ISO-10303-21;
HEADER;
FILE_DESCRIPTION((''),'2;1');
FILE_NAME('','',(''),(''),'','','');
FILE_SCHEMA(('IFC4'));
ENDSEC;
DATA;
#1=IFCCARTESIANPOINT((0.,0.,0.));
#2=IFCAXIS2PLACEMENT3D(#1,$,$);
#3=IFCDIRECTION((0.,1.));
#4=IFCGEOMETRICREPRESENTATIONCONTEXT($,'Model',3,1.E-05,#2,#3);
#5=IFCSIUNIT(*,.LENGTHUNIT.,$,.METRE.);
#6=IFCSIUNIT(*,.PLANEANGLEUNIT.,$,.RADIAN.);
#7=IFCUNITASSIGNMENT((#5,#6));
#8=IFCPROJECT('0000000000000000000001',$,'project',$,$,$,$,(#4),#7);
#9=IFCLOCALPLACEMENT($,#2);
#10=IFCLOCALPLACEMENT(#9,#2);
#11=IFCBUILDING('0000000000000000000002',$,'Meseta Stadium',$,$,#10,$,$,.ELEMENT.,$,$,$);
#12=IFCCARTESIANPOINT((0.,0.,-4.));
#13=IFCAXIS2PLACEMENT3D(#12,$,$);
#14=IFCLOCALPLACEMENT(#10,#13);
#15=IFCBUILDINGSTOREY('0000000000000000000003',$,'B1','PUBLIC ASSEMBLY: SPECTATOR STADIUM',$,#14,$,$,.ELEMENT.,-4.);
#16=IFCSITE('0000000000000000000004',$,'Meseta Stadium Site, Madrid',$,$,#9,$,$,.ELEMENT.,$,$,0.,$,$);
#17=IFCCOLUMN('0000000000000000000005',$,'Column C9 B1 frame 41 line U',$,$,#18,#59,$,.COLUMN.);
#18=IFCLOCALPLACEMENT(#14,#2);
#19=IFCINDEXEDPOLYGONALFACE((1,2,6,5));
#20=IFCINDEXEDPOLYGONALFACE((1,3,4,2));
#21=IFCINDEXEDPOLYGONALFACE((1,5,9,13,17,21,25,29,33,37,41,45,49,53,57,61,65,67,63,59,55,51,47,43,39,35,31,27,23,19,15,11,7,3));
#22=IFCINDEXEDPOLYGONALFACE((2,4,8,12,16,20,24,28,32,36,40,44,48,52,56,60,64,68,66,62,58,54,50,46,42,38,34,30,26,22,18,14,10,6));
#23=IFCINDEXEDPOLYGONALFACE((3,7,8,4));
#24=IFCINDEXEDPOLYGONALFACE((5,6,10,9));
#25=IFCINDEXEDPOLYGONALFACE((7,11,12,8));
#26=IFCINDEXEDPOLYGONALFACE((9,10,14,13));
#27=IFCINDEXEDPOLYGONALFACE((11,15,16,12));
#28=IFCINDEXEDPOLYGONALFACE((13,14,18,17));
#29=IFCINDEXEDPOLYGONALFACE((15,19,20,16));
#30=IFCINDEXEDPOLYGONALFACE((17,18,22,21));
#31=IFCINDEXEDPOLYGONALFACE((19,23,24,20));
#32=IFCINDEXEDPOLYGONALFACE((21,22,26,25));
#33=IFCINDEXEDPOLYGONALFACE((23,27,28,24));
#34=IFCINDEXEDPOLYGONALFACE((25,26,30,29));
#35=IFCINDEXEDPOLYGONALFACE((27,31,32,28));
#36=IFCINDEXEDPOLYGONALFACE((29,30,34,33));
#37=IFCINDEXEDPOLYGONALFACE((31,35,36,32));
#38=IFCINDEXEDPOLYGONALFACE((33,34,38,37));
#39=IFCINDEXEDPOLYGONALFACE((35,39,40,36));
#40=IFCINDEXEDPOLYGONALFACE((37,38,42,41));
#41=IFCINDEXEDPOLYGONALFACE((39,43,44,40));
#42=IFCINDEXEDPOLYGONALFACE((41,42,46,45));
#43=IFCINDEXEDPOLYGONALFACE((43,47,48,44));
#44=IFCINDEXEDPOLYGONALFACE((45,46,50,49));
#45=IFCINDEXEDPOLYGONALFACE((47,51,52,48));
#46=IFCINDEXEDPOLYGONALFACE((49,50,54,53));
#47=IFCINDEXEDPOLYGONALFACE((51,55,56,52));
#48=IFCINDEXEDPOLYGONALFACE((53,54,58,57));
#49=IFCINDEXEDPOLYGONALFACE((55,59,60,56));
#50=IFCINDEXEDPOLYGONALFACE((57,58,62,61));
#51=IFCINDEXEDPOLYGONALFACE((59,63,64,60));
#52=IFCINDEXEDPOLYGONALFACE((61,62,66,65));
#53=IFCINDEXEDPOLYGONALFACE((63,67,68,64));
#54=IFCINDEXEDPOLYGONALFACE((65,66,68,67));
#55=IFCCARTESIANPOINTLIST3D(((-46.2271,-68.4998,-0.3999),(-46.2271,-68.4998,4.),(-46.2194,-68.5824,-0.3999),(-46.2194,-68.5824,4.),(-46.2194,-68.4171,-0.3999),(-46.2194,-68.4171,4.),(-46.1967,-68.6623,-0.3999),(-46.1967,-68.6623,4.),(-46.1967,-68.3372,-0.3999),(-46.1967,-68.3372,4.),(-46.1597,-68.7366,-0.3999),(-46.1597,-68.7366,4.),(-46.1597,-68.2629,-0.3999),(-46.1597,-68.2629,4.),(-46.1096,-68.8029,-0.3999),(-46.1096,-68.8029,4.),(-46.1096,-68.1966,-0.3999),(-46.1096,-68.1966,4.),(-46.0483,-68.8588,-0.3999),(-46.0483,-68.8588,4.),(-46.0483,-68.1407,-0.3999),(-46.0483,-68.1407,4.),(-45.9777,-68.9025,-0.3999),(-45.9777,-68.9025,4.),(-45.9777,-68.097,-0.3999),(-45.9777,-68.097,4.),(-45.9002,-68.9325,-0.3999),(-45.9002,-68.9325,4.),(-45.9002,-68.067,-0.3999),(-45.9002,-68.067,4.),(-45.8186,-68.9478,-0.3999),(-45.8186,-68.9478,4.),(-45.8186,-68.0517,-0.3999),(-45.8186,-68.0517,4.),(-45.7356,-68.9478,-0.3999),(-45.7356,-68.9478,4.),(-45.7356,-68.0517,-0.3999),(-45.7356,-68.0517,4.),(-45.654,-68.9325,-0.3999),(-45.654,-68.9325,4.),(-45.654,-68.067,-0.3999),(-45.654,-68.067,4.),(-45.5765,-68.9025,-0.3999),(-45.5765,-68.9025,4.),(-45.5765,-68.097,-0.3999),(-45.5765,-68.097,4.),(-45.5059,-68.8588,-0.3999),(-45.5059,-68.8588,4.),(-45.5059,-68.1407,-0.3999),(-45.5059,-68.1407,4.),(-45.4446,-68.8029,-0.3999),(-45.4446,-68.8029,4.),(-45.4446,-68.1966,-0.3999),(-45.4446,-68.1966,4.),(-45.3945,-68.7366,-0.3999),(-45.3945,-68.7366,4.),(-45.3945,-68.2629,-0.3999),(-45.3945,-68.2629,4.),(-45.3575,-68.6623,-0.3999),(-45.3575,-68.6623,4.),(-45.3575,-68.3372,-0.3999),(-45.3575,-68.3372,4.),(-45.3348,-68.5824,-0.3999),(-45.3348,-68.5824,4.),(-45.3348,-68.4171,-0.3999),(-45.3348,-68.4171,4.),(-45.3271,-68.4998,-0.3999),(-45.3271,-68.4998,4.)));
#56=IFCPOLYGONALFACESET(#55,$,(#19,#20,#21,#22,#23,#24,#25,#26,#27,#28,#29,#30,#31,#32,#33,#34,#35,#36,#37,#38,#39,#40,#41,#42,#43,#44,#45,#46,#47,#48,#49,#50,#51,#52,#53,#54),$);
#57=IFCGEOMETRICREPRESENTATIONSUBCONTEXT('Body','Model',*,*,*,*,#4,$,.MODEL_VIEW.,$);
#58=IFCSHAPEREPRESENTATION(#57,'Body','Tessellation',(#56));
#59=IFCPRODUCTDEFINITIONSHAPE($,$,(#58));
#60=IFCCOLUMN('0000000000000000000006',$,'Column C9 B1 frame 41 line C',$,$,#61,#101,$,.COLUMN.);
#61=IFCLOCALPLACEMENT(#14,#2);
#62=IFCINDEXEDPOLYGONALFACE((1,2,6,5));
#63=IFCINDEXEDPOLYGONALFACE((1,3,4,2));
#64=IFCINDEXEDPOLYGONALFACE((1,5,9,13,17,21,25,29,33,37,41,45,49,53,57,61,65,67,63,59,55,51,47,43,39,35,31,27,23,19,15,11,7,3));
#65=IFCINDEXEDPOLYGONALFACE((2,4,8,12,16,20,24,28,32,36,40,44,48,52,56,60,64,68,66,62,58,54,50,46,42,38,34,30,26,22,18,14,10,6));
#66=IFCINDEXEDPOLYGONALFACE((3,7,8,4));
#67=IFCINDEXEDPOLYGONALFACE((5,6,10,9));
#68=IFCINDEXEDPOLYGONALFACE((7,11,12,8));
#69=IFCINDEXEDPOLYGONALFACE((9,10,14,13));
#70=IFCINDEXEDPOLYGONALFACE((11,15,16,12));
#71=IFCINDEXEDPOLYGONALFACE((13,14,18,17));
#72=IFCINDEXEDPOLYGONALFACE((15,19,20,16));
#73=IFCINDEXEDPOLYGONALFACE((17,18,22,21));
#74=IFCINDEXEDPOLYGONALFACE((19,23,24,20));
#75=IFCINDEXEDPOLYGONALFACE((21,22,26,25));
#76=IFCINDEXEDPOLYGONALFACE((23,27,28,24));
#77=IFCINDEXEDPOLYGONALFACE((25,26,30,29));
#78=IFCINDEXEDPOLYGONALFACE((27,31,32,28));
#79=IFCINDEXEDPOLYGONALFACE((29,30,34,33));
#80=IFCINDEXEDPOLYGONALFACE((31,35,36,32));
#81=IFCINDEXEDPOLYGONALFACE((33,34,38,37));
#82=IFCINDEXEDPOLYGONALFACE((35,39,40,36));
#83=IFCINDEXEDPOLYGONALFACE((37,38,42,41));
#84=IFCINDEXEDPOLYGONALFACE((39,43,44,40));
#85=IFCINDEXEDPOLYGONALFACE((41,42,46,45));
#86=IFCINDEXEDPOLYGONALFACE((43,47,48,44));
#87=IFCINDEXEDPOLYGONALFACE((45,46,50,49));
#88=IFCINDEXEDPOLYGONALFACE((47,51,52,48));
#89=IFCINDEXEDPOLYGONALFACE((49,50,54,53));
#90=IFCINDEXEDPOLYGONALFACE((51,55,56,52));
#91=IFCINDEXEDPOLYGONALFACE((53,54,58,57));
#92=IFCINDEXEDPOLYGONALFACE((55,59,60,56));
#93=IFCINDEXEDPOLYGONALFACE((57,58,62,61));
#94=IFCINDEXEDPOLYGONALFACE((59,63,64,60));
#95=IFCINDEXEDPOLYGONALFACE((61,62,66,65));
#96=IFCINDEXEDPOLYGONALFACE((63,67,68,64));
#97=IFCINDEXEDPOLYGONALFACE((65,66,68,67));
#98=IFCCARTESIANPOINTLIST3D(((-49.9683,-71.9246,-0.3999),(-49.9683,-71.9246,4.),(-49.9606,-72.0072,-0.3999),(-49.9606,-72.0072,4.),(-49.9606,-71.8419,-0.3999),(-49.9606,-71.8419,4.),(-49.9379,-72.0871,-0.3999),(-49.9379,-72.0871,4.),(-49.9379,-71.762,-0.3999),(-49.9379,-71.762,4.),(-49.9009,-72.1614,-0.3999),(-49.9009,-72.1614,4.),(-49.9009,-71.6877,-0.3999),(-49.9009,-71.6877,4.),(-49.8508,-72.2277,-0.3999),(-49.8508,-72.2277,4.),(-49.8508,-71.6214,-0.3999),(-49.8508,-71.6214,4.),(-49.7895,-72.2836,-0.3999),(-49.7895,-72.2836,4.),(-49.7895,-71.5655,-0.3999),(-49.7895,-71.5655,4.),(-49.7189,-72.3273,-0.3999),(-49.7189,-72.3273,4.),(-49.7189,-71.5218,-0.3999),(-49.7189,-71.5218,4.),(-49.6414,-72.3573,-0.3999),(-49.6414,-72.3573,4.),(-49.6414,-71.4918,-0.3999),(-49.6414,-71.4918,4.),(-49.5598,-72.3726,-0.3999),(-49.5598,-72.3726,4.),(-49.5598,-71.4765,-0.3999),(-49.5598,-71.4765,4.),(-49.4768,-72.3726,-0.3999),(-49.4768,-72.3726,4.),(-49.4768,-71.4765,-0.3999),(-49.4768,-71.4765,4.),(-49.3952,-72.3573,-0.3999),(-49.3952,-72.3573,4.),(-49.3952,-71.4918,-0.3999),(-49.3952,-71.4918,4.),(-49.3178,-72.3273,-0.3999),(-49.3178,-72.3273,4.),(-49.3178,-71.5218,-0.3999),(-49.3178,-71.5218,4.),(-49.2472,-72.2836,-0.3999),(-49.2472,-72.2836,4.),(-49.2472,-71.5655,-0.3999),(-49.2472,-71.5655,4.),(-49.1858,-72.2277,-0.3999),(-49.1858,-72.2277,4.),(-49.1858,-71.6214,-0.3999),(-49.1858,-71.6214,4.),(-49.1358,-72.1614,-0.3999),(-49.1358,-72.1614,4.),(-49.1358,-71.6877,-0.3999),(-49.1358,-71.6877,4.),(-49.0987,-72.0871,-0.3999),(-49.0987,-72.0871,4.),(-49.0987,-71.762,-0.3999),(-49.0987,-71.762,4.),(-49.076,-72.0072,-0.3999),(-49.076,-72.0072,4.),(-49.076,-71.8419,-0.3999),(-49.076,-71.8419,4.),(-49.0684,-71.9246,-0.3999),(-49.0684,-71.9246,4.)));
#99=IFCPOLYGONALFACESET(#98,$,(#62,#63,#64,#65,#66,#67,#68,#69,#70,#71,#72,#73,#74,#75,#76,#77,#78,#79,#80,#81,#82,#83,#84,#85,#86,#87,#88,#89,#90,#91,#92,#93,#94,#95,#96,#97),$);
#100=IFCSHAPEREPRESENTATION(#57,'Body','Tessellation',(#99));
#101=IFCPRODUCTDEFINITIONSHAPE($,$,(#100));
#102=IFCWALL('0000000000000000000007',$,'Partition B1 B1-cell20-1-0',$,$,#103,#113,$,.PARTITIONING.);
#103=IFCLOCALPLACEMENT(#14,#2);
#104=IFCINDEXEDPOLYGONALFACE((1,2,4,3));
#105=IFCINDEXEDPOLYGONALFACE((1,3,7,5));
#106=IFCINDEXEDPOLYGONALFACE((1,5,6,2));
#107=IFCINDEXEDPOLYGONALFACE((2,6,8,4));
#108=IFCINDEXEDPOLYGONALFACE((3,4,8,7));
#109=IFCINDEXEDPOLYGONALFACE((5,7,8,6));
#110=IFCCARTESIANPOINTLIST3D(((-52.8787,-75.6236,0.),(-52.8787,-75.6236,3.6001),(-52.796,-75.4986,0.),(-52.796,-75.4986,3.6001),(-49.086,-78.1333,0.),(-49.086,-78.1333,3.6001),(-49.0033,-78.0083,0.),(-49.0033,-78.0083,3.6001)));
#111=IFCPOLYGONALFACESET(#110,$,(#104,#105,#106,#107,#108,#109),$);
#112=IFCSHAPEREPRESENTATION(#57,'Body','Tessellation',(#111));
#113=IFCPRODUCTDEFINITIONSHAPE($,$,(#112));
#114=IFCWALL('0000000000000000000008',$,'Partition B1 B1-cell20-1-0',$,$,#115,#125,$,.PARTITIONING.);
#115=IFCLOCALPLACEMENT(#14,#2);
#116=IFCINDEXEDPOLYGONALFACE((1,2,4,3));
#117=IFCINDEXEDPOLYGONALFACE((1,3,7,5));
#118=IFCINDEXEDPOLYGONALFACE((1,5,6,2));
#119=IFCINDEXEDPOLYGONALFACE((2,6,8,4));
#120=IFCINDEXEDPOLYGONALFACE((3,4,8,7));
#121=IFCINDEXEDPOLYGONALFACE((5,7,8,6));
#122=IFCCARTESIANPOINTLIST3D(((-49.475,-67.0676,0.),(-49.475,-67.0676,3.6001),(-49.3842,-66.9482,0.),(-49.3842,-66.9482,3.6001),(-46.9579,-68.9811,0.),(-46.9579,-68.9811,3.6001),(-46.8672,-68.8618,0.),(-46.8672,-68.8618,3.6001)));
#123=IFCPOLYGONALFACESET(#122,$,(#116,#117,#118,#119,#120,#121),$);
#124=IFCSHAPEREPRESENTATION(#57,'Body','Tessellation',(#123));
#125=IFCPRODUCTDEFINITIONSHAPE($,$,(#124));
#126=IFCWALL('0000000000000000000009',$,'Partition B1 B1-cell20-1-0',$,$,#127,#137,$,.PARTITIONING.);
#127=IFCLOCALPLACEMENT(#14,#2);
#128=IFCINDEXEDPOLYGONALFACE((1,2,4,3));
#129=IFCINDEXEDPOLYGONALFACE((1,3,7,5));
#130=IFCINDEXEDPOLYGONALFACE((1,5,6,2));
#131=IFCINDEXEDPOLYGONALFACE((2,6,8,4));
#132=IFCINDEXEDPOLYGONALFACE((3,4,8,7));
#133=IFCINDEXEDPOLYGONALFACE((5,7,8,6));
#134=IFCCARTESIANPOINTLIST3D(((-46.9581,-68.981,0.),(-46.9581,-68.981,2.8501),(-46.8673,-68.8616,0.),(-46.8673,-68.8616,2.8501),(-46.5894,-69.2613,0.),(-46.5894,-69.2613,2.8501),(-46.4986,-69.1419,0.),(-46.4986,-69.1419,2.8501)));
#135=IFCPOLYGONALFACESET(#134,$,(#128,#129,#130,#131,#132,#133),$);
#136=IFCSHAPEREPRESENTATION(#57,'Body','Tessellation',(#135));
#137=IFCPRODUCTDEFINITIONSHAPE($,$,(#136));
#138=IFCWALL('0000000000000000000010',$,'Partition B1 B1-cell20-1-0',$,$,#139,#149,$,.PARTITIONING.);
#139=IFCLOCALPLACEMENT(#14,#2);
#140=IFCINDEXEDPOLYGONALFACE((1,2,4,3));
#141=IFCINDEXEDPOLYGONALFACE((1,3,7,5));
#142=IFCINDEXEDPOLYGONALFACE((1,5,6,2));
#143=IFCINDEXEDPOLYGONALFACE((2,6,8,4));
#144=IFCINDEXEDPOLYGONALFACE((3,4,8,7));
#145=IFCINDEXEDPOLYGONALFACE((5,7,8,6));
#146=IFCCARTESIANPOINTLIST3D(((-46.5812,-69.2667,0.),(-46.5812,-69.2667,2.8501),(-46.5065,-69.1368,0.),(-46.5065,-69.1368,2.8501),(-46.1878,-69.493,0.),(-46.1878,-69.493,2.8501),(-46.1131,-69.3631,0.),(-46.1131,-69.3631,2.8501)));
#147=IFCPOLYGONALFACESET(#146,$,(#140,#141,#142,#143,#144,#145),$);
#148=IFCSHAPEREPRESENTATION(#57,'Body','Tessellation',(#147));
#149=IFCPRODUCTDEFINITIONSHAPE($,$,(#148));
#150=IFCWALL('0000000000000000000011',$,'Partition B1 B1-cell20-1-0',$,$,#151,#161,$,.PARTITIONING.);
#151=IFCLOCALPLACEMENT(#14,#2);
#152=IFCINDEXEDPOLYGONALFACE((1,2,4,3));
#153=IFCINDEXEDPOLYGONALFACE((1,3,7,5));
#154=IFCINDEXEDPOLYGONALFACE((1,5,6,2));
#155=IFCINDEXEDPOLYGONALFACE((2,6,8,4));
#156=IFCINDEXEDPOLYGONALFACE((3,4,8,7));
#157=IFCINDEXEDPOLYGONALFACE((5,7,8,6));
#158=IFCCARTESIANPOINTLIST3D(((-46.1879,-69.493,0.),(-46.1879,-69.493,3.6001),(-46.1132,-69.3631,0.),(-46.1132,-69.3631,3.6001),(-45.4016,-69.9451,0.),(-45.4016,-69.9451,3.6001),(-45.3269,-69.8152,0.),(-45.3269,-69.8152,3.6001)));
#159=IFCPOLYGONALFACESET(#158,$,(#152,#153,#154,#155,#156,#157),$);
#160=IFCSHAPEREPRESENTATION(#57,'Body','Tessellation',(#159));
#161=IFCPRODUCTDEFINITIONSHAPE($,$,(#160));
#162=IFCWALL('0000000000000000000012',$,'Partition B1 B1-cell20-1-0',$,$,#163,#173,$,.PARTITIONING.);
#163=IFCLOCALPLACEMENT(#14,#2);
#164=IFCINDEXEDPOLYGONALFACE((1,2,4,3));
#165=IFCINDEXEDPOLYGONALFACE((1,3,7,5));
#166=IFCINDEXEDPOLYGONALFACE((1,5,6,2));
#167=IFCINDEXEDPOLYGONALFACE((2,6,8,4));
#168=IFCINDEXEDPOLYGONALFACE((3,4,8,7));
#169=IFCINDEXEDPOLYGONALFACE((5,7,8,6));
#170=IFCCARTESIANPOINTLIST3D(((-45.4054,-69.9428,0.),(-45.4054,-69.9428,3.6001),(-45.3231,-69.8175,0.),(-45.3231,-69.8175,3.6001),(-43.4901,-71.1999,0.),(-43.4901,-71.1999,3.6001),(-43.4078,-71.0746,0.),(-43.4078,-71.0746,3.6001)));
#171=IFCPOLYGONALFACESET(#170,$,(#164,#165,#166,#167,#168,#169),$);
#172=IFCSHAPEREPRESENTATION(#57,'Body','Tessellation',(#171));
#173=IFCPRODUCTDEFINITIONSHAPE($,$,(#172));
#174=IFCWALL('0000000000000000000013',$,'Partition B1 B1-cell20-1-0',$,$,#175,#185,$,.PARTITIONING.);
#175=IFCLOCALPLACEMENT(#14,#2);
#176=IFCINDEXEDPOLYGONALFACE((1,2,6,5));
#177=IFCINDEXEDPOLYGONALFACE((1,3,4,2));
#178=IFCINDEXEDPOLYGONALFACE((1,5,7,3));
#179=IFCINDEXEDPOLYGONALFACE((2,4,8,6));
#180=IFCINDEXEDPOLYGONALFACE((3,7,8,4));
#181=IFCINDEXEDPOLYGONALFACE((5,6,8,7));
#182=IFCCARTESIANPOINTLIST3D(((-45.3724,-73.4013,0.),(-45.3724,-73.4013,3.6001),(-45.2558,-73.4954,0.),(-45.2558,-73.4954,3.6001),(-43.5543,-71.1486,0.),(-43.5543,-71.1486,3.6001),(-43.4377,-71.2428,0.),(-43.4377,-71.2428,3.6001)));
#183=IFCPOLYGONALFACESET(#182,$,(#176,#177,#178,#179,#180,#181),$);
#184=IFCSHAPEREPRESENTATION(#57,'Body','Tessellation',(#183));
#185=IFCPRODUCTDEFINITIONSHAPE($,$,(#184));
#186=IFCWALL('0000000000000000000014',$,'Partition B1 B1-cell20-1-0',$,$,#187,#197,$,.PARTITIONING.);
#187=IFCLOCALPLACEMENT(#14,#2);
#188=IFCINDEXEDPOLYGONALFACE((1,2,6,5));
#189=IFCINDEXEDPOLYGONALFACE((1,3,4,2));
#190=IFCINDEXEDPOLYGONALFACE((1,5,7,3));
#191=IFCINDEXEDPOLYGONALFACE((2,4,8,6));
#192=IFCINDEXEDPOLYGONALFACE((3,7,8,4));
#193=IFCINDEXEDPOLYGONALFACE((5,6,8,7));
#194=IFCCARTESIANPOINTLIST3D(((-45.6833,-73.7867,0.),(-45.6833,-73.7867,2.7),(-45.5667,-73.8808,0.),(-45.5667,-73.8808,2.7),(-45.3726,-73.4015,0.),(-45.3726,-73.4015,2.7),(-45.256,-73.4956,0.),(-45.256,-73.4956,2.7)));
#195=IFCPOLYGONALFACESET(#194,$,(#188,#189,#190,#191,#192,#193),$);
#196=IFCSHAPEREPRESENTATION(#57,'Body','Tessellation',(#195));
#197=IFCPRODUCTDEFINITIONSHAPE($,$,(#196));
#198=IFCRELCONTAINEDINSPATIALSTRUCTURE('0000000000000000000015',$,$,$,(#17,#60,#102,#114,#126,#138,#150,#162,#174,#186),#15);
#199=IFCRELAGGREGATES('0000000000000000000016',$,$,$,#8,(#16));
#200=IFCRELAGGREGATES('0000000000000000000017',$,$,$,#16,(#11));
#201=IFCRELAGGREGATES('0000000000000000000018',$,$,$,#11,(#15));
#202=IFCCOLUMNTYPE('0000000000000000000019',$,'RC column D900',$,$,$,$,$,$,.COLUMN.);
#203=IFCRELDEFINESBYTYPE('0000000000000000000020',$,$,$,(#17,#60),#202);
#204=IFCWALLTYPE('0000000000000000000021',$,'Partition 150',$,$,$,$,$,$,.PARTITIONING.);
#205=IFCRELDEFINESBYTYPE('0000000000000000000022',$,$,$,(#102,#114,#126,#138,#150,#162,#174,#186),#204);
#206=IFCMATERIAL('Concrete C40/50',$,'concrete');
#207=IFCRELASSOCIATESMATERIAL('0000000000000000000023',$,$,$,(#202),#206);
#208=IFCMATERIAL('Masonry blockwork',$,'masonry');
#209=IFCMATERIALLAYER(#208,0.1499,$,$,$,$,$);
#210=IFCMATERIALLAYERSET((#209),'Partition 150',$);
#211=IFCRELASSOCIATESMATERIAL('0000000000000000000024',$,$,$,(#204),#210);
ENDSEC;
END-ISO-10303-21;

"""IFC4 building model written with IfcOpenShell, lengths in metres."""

from ifc_helpers import new_model, si_unit, direction, frame, frame_2d, origin, origin_2d, place, context, subcontext, project, spatial, rectangle, circle, extrude, material, layer, layer_set, material_profile, profile_set, type_object, element, save


model = new_model("IFC4")

# Units and contexts
model_context = context("Model", 3, precision=1e-05, world=origin(), true_north=direction((0.0, 1.0)))
body_context = subcontext(model_context, "Body", "Model", "MODEL_VIEW")
ifc_project = project(units=[si_unit("LENGTHUNIT", "METRE"), si_unit("PLANEANGLEUNIT", "RADIAN")], contexts=[model_context])

# Site, building, storey
site_placement = place(None, origin())
site = spatial("IfcSite", under=ifc_project, at=site_placement, Name="Meseta Stadium Site, Madrid", CompositionType="ELEMENT", RefElevation=0.0)
building_placement = place(site_placement, origin())
building = spatial("IfcBuilding", under=site, at=building_placement, Name="Meseta Stadium", CompositionType="ELEMENT")
storey_placement = place(building_placement, frame((0.0, 0.0, -4.0)))
storey = spatial("IfcBuildingStorey", under=building, at=storey_placement, Name="B1", Description="PUBLIC ASSEMBLY: SPECTATOR STADIUM", CompositionType="ELEMENT", Elevation=-4.0)

# Columns
ifc_material_1 = material(Name="Concrete C40/50", Category="concrete")
ifc_material_profile_1 = material_profile(ifc_material_1, circle(Radius=0.45, at=origin_2d()), Name="RC D900")
ifc_profile_set_1 = profile_set([ifc_material_profile_1], Name="Concrete C40/50")
column_type_1 = type_object("IfcColumnType", Name="RC column D900", PredefinedType="COLUMN", material=ifc_profile_set_1)
for number, where, z_axis, x_axis, name in (
    (1, (-45.7771, -68.4998, -0.3999), (0.0, 0.0, 1.0), (1.0, 0.0, 0.0), "Column C9 B1 frame 41 line U"),
    (2, (-49.5183, -71.9246, -0.3999), (0.0, 0.0, 1.0), (1.0, 0.0, 0.0), "Column C9 B1 frame 41 line C"),
):
    element("IfcColumn", number, at=place(storey_placement, frame(where, z_axis=z_axis, x_axis=x_axis)), inside=storey, type_object=column_type_1, Name=name, PredefinedType="COLUMN", context=body_context, shape_type="SweptSolid", body=[
        extrude(circle(Radius=0.45, at=origin_2d()), origin(), (0.0, 0.0, 1.0), 4.3999),
    ])

# Walls
ifc_material_2 = material(Name="Masonry blockwork", Category="masonry")
ifc_layer = layer(ifc_material_2, 0.1499)
ifc_layer_set = layer_set([ifc_layer], Name="Partition 150")
wall_type = type_object("IfcWallType", Name="Partition 150", PredefinedType="PARTITIONING", material=ifc_layer_set)
wall_1_placement = place(storey_placement, frame((-49.0447, -78.0708, 0.0), z_axis=(0.0, 0.0, 1.0), x_axis=(-0.833945, 0.551848, 0.0)))
element("IfcWall", 3, at=wall_1_placement, inside=storey, type_object=wall_type, Name="Partition B1 B1-cell20-1-0", PredefinedType="PARTITIONING", context=body_context, shape_type="SweptSolid", body=[
    extrude(rectangle(XDim=4.5479, YDim=0.1499, at=frame_2d((2.2739, 0.0))), origin(), (0.0, 0.0, 1.0), 3.6001),
])
wall_2_placement = place(storey_placement, frame((-49.4297, -67.0078, 0.0), z_axis=(0.0, 0.0, 1.0), x_axis=(0.796073, -0.605201, 0.0)))
element("IfcWall", 4, at=wall_2_placement, inside=storey, type_object=wall_type, Name="Partition B1 B1-cell20-1-0", PredefinedType="PARTITIONING", context=body_context, shape_type="SweptSolid", body=[
    extrude(rectangle(XDim=3.1619, YDim=0.1499, at=frame_2d((1.5811, 0.0))), origin(), (0.0, 0.0, 1.0), 3.6001),
])
wall_3_placement = place(storey_placement, frame((-46.9126, -68.9214, 0.0), z_axis=(0.0, 0.0, 1.0), x_axis=(0.796061, -0.605217, 0.0)))
element("IfcWall", 5, at=wall_3_placement, inside=storey, type_object=wall_type, Name="Partition B1 B1-cell20-1-0", PredefinedType="PARTITIONING", context=body_context, shape_type="SweptSolid", body=[
    extrude(rectangle(XDim=0.4631, YDim=0.1499, at=frame_2d((0.2314, 0.0))), origin(), (0.0, 0.0, 1.0), 2.8501),
])
wall_4_placement = place(storey_placement, frame((-46.5439, -69.2017, 0.0), z_axis=(0.0, 0.0, 1.0), x_axis=(0.866749, -0.498744, 0.0)))
element("IfcWall", 6, at=wall_4_placement, inside=storey, type_object=wall_type, Name="Partition B1 B1-cell20-1-0", PredefinedType="PARTITIONING", context=body_context, shape_type="SweptSolid", body=[
    extrude(rectangle(XDim=0.4539, YDim=0.1499, at=frame_2d((0.2271, 0.0))), origin(), (0.0, 0.0, 1.0), 2.8501),
])
wall_5_placement = place(storey_placement, frame((-46.1506, -69.428, 0.0), z_axis=(0.0, 0.0, 1.0), x_axis=(0.866915, -0.498456, 0.0)))
element("IfcWall", 7, at=wall_5_placement, inside=storey, type_object=wall_type, Name="Partition B1 B1-cell20-1-0", PredefinedType="PARTITIONING", context=body_context, shape_type="SweptSolid", body=[
    extrude(rectangle(XDim=0.907, YDim=0.1499, at=frame_2d((0.4536, 0.0))), origin(), (0.0, 0.0, 1.0), 3.6001),
])
wall_6_placement = place(storey_placement, frame((-45.3643, -69.8801, 0.0), z_axis=(0.0, 0.0, 1.0), x_axis=(0.836013, -0.54871, 0.0)))
element("IfcWall", 8, at=wall_6_placement, inside=storey, type_object=wall_type, Name="Partition B1 B1-cell20-1-0", PredefinedType="PARTITIONING", context=body_context, shape_type="SweptSolid", body=[
    extrude(rectangle(XDim=2.291, YDim=0.1499, at=frame_2d((1.1455, 0.0))), origin(), (0.0, 0.0, 1.0), 3.6001),
])
wall_7_placement = place(storey_placement, frame((-43.4961, -71.1958, 0.0), z_axis=(0.0, 0.0, 1.0), x_axis=(-0.628052, -0.778171, 0.0)))
element("IfcWall", 9, at=wall_7_placement, inside=storey, type_object=wall_type, Name="Partition B1 B1-cell20-1-0", PredefinedType="PARTITIONING", context=body_context, shape_type="SweptSolid", body=[
    extrude(rectangle(XDim=2.8948, YDim=0.1499, at=frame_2d((1.4473, 0.0))), origin(), (0.0, 0.0, 1.0), 3.6001),
])
for number, where, z_axis, x_axis, name in (
    (10, (-45.3142, -73.4485, 0.0), (0.0, 0.0, 1.0), (-0.627878, -0.778312, 0.0), "Partition B1 B1-cell20-1-0"),
):
    element("IfcWall", number, at=place(storey_placement, frame(where, z_axis=z_axis, x_axis=x_axis)), inside=storey, type_object=wall_type, Name=name, PredefinedType="PARTITIONING", context=body_context, shape_type="SweptSolid", body=[
        extrude(rectangle(XDim=0.4949, YDim=0.1499, at=frame_2d((0.2476, 0.0))), origin(), (0.0, 0.0, 1.0), 2.7),
    ])

save(model, "model.ifc")
